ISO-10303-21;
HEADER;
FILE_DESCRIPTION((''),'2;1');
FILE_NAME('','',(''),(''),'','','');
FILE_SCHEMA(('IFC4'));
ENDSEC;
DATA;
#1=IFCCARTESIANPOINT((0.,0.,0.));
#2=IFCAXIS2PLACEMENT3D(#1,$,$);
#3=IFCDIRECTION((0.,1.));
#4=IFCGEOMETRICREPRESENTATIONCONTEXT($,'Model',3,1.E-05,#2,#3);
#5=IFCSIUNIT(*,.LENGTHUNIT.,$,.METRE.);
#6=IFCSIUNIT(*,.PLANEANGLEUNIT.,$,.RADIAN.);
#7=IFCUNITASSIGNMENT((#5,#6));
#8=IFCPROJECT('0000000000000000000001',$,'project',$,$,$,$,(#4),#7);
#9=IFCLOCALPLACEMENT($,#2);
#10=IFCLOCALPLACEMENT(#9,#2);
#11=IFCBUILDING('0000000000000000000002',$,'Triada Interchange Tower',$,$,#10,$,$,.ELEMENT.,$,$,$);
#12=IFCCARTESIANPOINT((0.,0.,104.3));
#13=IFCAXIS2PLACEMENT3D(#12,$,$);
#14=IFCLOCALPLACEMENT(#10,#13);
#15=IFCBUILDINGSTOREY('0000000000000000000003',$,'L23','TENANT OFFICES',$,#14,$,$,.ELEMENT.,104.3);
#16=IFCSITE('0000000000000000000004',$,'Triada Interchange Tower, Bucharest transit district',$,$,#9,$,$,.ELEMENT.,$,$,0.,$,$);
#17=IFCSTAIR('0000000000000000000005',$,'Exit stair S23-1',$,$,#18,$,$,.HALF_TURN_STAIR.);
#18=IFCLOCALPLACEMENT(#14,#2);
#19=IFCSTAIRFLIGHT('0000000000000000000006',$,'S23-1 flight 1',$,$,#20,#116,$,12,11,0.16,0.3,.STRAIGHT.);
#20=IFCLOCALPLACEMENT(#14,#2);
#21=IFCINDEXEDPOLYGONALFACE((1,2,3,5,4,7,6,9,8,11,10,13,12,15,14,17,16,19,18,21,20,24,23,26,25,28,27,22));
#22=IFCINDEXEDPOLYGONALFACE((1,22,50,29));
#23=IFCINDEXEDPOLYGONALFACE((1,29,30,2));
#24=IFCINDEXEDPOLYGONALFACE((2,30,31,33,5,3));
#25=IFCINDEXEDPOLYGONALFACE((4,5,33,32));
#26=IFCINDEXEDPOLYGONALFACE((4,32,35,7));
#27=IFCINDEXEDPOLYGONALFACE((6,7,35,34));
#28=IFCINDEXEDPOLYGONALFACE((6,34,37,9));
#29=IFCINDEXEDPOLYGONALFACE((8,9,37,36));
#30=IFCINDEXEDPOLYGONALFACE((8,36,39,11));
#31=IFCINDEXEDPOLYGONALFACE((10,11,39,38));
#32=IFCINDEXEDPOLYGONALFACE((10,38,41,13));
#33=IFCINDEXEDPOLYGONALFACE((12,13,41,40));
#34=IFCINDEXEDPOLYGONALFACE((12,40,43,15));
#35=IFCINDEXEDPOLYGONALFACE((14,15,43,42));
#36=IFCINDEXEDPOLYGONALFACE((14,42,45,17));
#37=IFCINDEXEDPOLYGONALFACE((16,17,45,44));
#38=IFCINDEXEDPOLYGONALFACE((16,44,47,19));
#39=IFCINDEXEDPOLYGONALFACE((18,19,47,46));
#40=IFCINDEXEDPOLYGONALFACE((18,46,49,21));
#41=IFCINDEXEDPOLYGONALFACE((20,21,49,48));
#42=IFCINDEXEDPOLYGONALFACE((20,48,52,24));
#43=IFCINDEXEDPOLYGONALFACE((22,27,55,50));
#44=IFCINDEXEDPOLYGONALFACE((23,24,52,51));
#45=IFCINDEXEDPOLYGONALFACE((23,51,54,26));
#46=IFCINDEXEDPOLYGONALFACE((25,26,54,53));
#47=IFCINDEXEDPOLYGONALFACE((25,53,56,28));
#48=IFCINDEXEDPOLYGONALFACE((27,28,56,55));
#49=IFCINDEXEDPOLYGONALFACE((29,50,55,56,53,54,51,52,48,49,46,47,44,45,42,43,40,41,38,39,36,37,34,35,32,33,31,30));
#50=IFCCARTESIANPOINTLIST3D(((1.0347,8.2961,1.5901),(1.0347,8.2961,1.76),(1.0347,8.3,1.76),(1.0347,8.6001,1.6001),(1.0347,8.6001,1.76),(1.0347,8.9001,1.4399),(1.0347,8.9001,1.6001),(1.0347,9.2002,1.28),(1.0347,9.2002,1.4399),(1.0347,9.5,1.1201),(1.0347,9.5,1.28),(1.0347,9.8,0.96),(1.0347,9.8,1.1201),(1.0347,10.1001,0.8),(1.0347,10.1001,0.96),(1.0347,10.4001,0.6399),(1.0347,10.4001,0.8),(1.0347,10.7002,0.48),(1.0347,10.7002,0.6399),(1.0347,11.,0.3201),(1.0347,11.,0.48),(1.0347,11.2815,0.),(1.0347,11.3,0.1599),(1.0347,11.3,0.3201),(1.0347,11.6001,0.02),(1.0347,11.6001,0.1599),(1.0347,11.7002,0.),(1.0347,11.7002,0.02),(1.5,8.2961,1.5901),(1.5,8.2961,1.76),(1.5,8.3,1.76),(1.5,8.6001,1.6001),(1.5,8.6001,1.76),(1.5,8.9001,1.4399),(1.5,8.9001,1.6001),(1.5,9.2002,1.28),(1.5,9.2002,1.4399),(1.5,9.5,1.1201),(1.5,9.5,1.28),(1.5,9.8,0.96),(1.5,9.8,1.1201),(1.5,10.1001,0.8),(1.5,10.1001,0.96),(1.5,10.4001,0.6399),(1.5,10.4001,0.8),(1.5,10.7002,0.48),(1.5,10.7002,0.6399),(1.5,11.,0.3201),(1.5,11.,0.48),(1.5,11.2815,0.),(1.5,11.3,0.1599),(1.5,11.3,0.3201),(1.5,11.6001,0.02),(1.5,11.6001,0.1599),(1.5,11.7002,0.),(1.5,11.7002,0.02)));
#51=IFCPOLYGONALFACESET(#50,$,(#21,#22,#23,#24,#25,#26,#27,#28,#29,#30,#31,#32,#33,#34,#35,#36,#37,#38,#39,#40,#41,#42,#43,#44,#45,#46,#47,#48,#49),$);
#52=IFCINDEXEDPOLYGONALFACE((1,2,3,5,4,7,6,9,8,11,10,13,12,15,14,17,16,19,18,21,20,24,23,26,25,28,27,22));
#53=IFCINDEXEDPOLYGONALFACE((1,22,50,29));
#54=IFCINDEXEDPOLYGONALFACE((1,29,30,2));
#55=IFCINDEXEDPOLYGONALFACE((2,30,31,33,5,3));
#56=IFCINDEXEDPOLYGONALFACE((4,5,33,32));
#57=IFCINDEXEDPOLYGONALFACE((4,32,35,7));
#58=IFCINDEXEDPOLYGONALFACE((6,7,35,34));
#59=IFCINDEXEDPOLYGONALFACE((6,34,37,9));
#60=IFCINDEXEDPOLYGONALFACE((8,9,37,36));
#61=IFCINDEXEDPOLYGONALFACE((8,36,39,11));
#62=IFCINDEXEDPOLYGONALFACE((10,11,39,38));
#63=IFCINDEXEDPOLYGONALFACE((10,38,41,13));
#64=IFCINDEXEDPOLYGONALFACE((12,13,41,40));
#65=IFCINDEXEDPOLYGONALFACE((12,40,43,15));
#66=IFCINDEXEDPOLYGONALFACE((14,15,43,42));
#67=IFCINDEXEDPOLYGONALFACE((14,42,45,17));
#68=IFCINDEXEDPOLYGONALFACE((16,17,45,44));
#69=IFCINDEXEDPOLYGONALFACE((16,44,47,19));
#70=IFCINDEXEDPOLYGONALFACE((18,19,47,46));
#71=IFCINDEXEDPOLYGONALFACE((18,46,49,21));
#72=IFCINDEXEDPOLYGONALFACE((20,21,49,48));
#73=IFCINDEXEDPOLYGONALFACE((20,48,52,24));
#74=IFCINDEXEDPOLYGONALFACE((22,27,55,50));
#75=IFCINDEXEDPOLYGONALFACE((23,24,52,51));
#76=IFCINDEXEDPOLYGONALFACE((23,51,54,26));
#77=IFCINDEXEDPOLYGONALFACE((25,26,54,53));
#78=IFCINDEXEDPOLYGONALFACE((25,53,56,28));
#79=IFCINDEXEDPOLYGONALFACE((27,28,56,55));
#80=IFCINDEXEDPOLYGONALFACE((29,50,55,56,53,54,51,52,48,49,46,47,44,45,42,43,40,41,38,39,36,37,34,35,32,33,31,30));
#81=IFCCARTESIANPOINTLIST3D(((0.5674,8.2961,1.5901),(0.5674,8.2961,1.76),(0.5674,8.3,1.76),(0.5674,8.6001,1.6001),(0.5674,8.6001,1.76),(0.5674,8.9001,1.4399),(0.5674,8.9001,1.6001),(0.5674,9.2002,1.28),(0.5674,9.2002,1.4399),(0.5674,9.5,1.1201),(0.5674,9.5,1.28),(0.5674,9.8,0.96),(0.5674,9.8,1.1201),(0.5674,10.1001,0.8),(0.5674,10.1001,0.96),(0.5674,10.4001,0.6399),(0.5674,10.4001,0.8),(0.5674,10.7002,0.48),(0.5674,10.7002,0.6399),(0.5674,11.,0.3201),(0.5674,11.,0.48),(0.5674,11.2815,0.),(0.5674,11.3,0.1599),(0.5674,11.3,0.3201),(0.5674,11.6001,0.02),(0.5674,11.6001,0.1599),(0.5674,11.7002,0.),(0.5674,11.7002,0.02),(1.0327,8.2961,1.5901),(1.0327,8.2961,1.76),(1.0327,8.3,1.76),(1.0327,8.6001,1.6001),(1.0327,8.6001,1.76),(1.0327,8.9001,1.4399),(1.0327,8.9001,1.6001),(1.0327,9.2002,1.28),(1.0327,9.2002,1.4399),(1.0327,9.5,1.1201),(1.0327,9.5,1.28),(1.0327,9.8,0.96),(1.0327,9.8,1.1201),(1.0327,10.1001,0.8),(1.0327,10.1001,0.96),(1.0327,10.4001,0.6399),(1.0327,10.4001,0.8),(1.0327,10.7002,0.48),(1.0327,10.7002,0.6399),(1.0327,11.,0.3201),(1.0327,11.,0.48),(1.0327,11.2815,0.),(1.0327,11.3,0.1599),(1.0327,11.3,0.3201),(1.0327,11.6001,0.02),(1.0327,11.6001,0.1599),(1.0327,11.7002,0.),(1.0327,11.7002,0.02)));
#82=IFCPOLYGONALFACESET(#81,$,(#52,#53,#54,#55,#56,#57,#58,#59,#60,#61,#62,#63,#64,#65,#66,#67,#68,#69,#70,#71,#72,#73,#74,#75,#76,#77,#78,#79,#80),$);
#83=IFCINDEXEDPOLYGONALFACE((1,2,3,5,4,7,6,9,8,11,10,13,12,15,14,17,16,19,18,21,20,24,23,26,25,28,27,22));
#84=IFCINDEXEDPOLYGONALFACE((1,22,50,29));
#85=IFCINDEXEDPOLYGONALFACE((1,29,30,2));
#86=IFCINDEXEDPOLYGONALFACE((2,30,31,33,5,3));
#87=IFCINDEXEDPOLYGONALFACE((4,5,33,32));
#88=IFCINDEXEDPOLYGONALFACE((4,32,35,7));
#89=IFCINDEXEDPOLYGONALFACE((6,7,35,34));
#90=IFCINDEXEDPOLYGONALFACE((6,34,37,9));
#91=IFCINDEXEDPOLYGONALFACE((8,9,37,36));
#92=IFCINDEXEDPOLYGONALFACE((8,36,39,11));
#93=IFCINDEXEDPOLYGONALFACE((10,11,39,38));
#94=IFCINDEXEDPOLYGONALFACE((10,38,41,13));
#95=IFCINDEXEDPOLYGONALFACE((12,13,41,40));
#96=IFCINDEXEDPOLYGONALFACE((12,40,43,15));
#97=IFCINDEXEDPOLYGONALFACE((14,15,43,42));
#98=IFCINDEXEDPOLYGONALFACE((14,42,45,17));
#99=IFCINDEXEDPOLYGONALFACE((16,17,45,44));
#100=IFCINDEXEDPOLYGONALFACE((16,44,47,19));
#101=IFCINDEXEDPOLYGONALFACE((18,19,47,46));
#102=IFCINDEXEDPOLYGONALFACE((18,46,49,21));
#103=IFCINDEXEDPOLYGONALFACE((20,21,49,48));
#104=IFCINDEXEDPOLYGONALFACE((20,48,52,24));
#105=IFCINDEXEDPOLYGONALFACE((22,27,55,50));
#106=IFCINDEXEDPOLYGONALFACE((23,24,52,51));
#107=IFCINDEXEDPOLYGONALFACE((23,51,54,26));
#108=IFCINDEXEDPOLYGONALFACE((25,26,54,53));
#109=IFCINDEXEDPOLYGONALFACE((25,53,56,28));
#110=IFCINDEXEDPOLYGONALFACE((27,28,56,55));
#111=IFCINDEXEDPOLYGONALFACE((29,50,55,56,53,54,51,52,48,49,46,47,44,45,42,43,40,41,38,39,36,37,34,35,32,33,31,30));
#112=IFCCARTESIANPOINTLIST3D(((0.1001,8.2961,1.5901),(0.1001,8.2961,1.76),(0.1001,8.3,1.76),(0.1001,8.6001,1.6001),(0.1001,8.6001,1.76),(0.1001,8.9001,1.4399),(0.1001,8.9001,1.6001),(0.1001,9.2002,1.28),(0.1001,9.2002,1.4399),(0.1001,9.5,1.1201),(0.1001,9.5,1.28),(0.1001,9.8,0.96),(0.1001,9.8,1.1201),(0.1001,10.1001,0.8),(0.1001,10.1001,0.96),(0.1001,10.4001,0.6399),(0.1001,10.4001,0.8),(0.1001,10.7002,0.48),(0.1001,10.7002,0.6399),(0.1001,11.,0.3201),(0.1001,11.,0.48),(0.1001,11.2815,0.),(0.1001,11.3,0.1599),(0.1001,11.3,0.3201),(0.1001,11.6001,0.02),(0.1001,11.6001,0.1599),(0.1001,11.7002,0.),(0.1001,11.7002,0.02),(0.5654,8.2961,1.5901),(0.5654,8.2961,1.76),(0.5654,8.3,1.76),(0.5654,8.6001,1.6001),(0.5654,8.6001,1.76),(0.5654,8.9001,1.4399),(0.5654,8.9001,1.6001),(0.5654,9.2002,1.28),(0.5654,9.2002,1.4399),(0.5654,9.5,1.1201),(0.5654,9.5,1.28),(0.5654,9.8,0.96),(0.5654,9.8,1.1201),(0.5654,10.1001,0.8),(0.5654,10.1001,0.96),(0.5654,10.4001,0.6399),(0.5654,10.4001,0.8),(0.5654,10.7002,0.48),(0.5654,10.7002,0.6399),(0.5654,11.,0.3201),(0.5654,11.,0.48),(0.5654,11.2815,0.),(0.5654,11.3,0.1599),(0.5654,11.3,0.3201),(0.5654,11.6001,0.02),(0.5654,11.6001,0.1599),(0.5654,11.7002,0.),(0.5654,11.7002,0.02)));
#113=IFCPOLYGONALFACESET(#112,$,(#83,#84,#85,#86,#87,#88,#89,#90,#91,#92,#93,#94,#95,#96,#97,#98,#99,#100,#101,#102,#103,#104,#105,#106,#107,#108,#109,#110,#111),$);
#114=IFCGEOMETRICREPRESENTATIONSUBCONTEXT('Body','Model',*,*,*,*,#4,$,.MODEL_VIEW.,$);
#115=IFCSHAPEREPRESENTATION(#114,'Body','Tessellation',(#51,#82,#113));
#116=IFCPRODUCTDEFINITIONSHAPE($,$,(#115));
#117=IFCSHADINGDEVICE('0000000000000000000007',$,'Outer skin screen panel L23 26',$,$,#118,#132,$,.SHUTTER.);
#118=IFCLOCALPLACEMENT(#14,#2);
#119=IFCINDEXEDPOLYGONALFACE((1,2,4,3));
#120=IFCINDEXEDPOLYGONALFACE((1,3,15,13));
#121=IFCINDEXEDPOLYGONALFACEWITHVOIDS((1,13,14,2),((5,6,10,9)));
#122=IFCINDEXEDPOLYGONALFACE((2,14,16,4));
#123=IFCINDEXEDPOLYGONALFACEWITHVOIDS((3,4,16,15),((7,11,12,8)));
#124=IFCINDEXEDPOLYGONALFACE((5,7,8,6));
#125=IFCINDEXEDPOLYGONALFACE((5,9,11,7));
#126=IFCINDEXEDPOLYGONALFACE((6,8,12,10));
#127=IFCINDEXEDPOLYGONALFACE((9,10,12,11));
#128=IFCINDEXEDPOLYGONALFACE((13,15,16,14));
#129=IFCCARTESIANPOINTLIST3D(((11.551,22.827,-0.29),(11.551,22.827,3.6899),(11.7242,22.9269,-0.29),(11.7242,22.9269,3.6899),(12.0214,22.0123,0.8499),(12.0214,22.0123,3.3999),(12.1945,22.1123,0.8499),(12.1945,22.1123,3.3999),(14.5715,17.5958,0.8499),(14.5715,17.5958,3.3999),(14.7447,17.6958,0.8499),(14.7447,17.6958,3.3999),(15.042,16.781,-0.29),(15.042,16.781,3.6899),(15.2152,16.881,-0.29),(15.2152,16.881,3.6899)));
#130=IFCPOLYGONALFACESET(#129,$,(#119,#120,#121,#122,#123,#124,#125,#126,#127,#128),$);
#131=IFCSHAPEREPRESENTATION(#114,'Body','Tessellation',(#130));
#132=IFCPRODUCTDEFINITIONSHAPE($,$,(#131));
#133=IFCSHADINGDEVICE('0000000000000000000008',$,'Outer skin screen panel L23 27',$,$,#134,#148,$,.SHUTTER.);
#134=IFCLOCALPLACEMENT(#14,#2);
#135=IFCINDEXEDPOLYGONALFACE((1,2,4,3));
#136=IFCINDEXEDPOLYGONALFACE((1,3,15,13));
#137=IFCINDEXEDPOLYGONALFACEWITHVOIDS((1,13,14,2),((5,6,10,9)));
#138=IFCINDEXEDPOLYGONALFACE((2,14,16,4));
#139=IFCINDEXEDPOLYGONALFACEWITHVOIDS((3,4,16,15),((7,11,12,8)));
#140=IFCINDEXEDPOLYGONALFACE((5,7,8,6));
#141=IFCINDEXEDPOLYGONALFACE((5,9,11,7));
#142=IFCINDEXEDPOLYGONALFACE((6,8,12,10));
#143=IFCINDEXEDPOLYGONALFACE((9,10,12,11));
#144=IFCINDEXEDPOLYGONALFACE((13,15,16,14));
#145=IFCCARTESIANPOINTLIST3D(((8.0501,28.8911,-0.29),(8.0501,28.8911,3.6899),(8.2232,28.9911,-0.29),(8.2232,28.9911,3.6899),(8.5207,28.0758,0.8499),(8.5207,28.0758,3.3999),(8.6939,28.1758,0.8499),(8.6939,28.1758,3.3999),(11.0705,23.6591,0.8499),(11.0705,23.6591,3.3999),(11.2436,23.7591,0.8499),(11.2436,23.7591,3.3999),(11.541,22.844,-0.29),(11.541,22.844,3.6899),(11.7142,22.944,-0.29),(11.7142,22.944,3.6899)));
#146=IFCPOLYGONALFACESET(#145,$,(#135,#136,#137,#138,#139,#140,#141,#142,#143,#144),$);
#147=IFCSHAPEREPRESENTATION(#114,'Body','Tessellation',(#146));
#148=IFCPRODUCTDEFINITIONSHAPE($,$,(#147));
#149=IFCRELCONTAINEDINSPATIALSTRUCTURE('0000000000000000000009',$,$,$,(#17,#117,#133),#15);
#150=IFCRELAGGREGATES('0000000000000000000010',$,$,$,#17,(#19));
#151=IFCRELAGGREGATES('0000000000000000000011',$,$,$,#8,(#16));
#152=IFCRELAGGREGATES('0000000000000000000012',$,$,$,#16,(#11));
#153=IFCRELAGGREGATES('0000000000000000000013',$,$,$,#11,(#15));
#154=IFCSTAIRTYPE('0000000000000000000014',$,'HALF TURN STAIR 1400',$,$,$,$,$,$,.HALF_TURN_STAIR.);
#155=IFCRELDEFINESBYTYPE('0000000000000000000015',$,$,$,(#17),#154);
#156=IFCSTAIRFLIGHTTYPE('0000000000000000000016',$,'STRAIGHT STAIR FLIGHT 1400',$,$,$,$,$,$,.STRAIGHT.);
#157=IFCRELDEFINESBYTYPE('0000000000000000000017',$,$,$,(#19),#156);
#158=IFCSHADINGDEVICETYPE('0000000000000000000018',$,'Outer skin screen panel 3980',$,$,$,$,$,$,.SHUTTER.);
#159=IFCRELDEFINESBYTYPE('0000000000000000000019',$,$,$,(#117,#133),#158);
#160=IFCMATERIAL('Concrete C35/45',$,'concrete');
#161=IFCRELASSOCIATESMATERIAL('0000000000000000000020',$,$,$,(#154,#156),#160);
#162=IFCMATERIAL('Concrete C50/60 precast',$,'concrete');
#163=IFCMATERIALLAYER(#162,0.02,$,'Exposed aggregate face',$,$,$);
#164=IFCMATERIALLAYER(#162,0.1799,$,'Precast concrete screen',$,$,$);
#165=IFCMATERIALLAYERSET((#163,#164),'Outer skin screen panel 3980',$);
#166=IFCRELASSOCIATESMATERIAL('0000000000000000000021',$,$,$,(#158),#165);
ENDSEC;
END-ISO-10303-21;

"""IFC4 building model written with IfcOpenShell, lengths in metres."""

from ifc_helpers import new_model, si_unit, direction, frame, origin, place, context, subcontext, project, spatial, polyline, outline, extrude, material, layer, layer_set, type_object, element, aggregate, save


model = new_model("IFC4")

# Units and contexts
model_context = context("Model", 3, precision=1e-05, world=origin(), true_north=direction((0.0, 1.0)))
body_context = subcontext(model_context, "Body", "Model", "MODEL_VIEW")
ifc_project = project(units=[si_unit("LENGTHUNIT", "METRE"), si_unit("PLANEANGLEUNIT", "RADIAN")], contexts=[model_context])

# Site, building, storey
site_placement = place(None, origin())
site = spatial("IfcSite", under=ifc_project, at=site_placement, Name="Triada Interchange Tower, Bucharest transit district", CompositionType="ELEMENT", RefElevation=0.0)
building_placement = place(site_placement, origin())
building = spatial("IfcBuilding", under=site, at=building_placement, Name="Triada Interchange Tower", CompositionType="ELEMENT")
storey_placement = place(building_placement, frame((0.0, 0.0, 104.3)))
storey = spatial("IfcBuildingStorey", under=building, at=storey_placement, Name="L23", Description="TENANT OFFICES", CompositionType="ELEMENT", Elevation=104.3)

# Stair, stair flight
ifc_material_1 = material(Name="Concrete C35/45", Category="concrete")
stair_type = type_object("IfcStairType", Name="HALF TURN STAIR 1400", PredefinedType="HALF_TURN_STAIR", material=ifc_material_1)
stair_placement = place(storey_placement, origin())
stair = element("IfcStair", 1, at=stair_placement, inside=storey, type_object=stair_type, Name="Exit stair S23-1", PredefinedType="HALF_TURN_STAIR")
stair_flight_type = type_object("IfcStairFlightType", Name="STRAIGHT STAIR FLIGHT 1400", PredefinedType="STRAIGHT", material=ifc_material_1)
stair_flight_placement = place(storey_placement, frame((0.8, 11.6001, 0.0), z_axis=(0.0, 0.0, 1.0), x_axis=(0.0, -1.0, 0.0)))
stair_flight = element("IfcStairFlight", 2, at=stair_flight_placement, type_object=stair_flight_type, Name="S23-1 flight 1", NumberOfRisers=12, NumberOfTreads=11, PredefinedType="STRAIGHT", RiserHeight=0.16, TreadLength=0.3, context=body_context, shape_type="SweptSolid", body=[
    extrude(outline(polyline([(-0.1001, 0.0), (-0.1001, 0.02), (0.0, 0.02), (0.0, 0.1599), (0.3, 0.1599), (0.3, 0.3201), (0.6001, 0.3201), (0.6001, 0.48), (0.8999, 0.48), (0.8999, 0.6399), (1.2, 0.6399), (1.2, 0.8), (1.5, 0.8), (1.5, 0.96), (1.8, 0.96), (1.8, 1.1201), (2.1001, 1.1201), (2.1001, 1.28), (2.3999, 1.28), (2.3999, 1.4399), (2.7, 1.4399), (2.7, 1.6001), (3.0, 1.6001), (3.0, 1.76), (3.3, 1.76), (3.304, 1.76), (3.304, 1.9199), (3.304, 1.5901), (0.3186, 0.0), (-0.1001, 0.0)])), frame((0.0, 0.7, 0.0), z_axis=(0.0, -1.0, 0.0), x_axis=(1.0, 0.0, 0.0)), (0.0, 0.0, 1.0), 0.4653),
    extrude(outline(polyline([(-0.1001, 0.0), (-0.1001, 0.02), (0.0, 0.02), (0.0, 0.1599), (0.3, 0.1599), (0.3, 0.3201), (0.6001, 0.3201), (0.6001, 0.48), (0.8999, 0.48), (0.8999, 0.6399), (1.2, 0.6399), (1.2, 0.8), (1.5, 0.8), (1.5, 0.96), (1.8, 0.96), (1.8, 1.1201), (2.1001, 1.1201), (2.1001, 1.28), (2.3999, 1.28), (2.3999, 1.4399), (2.7, 1.4399), (2.7, 1.6001), (3.0, 1.6001), (3.0, 1.76), (3.3, 1.76), (3.304, 1.76), (3.304, 1.9199), (3.304, 1.5901), (0.3186, 0.0), (-0.1001, 0.0)])), frame((0.0, 0.2327, 0.0), z_axis=(0.0, -1.0, 0.0), x_axis=(1.0, 0.0, 0.0)), (0.0, 0.0, 1.0), 0.4653),
    extrude(outline(polyline([(-0.1001, 0.0), (-0.1001, 0.02), (0.0, 0.02), (0.0, 0.1599), (0.3, 0.1599), (0.3, 0.3201), (0.6001, 0.3201), (0.6001, 0.48), (0.8999, 0.48), (0.8999, 0.6399), (1.2, 0.6399), (1.2, 0.8), (1.5, 0.8), (1.5, 0.96), (1.8, 0.96), (1.8, 1.1201), (2.1001, 1.1201), (2.1001, 1.28), (2.3999, 1.28), (2.3999, 1.4399), (2.7, 1.4399), (2.7, 1.6001), (3.0, 1.6001), (3.0, 1.76), (3.3, 1.76), (3.304, 1.76), (3.304, 1.9199), (3.304, 1.5901), (0.3186, 0.0), (-0.1001, 0.0)])), frame((0.0, -0.2346, 0.0), z_axis=(0.0, -1.0, 0.0), x_axis=(1.0, 0.0, 0.0)), (0.0, 0.0, 1.0), 0.4653),
])

# Shading devices
ifc_material_2 = material(Name="Concrete C50/60 precast", Category="concrete")
ifc_layer_1 = layer(ifc_material_2, 0.02, Name="Exposed aggregate face")
ifc_layer_2 = layer(ifc_material_2, 0.1799, Name="Precast concrete screen")
ifc_layer_set_1 = layer_set([ifc_layer_1, ifc_layer_2], Name="Outer skin screen panel 3980")
shading_device_type = type_object("IfcShadingDeviceType", Name="Outer skin screen panel 3980", PredefinedType="SHUTTER", material=ifc_layer_set_1)
shading_device_1_placement = place(storey_placement, frame((15.042, 16.781, -0.29), z_axis=(0.0, 0.0, 1.0), x_axis=(-0.500039, 0.866003, 0.0)))
element("IfcShadingDevice", 3, at=shading_device_1_placement, inside=storey, type_object=shading_device_type, Name="Outer skin screen panel L23 26", PredefinedType="SHUTTER", context=body_context, shape_type="SweptSolid", body=[
    extrude(outline(polyline([(0.0, 0.0), (6.9814, 0.0), (6.9814, 3.98), (0.0, 3.98), (0.0, 0.0)]), holes=[polyline([(0.9409, 1.1399), (0.9409, 3.6899), (6.0408, 3.6899), (6.0408, 1.1399), (0.9409, 1.1399)])]), frame((0.0, 0.0, 0.0), z_axis=(0.0, -1.0, 0.0), x_axis=(1.0, 0.0, 0.0)), (0.0, 0.0, 1.0), 0.2),
])
shading_device_2_placement = place(storey_placement, frame((11.541, 22.844, -0.29), z_axis=(0.0, 0.0, 1.0), x_axis=(-0.499964, 0.866046, 0.0)))
element("IfcShadingDevice", 4, at=shading_device_2_placement, inside=storey, type_object=shading_device_type, Name="Outer skin screen panel L23 27", PredefinedType="SHUTTER", context=body_context, shape_type="SweptSolid", body=[
    extrude(outline(polyline([(0.0, 0.0), (6.9824, 0.0), (6.9824, 3.98), (0.0, 3.98), (0.0, 0.0)]), holes=[polyline([(0.9412, 1.1399), (0.9412, 3.6899), (6.041, 3.6899), (6.041, 1.1399), (0.9412, 1.1399)])]), frame((0.0, 0.0, 0.0), z_axis=(0.0, -1.0, 0.0), x_axis=(1.0, 0.0, 0.0)), (0.0, 0.0, 1.0), 0.2),
])

aggregate(stair, [stair_flight])

save(model, "model.ifc")
